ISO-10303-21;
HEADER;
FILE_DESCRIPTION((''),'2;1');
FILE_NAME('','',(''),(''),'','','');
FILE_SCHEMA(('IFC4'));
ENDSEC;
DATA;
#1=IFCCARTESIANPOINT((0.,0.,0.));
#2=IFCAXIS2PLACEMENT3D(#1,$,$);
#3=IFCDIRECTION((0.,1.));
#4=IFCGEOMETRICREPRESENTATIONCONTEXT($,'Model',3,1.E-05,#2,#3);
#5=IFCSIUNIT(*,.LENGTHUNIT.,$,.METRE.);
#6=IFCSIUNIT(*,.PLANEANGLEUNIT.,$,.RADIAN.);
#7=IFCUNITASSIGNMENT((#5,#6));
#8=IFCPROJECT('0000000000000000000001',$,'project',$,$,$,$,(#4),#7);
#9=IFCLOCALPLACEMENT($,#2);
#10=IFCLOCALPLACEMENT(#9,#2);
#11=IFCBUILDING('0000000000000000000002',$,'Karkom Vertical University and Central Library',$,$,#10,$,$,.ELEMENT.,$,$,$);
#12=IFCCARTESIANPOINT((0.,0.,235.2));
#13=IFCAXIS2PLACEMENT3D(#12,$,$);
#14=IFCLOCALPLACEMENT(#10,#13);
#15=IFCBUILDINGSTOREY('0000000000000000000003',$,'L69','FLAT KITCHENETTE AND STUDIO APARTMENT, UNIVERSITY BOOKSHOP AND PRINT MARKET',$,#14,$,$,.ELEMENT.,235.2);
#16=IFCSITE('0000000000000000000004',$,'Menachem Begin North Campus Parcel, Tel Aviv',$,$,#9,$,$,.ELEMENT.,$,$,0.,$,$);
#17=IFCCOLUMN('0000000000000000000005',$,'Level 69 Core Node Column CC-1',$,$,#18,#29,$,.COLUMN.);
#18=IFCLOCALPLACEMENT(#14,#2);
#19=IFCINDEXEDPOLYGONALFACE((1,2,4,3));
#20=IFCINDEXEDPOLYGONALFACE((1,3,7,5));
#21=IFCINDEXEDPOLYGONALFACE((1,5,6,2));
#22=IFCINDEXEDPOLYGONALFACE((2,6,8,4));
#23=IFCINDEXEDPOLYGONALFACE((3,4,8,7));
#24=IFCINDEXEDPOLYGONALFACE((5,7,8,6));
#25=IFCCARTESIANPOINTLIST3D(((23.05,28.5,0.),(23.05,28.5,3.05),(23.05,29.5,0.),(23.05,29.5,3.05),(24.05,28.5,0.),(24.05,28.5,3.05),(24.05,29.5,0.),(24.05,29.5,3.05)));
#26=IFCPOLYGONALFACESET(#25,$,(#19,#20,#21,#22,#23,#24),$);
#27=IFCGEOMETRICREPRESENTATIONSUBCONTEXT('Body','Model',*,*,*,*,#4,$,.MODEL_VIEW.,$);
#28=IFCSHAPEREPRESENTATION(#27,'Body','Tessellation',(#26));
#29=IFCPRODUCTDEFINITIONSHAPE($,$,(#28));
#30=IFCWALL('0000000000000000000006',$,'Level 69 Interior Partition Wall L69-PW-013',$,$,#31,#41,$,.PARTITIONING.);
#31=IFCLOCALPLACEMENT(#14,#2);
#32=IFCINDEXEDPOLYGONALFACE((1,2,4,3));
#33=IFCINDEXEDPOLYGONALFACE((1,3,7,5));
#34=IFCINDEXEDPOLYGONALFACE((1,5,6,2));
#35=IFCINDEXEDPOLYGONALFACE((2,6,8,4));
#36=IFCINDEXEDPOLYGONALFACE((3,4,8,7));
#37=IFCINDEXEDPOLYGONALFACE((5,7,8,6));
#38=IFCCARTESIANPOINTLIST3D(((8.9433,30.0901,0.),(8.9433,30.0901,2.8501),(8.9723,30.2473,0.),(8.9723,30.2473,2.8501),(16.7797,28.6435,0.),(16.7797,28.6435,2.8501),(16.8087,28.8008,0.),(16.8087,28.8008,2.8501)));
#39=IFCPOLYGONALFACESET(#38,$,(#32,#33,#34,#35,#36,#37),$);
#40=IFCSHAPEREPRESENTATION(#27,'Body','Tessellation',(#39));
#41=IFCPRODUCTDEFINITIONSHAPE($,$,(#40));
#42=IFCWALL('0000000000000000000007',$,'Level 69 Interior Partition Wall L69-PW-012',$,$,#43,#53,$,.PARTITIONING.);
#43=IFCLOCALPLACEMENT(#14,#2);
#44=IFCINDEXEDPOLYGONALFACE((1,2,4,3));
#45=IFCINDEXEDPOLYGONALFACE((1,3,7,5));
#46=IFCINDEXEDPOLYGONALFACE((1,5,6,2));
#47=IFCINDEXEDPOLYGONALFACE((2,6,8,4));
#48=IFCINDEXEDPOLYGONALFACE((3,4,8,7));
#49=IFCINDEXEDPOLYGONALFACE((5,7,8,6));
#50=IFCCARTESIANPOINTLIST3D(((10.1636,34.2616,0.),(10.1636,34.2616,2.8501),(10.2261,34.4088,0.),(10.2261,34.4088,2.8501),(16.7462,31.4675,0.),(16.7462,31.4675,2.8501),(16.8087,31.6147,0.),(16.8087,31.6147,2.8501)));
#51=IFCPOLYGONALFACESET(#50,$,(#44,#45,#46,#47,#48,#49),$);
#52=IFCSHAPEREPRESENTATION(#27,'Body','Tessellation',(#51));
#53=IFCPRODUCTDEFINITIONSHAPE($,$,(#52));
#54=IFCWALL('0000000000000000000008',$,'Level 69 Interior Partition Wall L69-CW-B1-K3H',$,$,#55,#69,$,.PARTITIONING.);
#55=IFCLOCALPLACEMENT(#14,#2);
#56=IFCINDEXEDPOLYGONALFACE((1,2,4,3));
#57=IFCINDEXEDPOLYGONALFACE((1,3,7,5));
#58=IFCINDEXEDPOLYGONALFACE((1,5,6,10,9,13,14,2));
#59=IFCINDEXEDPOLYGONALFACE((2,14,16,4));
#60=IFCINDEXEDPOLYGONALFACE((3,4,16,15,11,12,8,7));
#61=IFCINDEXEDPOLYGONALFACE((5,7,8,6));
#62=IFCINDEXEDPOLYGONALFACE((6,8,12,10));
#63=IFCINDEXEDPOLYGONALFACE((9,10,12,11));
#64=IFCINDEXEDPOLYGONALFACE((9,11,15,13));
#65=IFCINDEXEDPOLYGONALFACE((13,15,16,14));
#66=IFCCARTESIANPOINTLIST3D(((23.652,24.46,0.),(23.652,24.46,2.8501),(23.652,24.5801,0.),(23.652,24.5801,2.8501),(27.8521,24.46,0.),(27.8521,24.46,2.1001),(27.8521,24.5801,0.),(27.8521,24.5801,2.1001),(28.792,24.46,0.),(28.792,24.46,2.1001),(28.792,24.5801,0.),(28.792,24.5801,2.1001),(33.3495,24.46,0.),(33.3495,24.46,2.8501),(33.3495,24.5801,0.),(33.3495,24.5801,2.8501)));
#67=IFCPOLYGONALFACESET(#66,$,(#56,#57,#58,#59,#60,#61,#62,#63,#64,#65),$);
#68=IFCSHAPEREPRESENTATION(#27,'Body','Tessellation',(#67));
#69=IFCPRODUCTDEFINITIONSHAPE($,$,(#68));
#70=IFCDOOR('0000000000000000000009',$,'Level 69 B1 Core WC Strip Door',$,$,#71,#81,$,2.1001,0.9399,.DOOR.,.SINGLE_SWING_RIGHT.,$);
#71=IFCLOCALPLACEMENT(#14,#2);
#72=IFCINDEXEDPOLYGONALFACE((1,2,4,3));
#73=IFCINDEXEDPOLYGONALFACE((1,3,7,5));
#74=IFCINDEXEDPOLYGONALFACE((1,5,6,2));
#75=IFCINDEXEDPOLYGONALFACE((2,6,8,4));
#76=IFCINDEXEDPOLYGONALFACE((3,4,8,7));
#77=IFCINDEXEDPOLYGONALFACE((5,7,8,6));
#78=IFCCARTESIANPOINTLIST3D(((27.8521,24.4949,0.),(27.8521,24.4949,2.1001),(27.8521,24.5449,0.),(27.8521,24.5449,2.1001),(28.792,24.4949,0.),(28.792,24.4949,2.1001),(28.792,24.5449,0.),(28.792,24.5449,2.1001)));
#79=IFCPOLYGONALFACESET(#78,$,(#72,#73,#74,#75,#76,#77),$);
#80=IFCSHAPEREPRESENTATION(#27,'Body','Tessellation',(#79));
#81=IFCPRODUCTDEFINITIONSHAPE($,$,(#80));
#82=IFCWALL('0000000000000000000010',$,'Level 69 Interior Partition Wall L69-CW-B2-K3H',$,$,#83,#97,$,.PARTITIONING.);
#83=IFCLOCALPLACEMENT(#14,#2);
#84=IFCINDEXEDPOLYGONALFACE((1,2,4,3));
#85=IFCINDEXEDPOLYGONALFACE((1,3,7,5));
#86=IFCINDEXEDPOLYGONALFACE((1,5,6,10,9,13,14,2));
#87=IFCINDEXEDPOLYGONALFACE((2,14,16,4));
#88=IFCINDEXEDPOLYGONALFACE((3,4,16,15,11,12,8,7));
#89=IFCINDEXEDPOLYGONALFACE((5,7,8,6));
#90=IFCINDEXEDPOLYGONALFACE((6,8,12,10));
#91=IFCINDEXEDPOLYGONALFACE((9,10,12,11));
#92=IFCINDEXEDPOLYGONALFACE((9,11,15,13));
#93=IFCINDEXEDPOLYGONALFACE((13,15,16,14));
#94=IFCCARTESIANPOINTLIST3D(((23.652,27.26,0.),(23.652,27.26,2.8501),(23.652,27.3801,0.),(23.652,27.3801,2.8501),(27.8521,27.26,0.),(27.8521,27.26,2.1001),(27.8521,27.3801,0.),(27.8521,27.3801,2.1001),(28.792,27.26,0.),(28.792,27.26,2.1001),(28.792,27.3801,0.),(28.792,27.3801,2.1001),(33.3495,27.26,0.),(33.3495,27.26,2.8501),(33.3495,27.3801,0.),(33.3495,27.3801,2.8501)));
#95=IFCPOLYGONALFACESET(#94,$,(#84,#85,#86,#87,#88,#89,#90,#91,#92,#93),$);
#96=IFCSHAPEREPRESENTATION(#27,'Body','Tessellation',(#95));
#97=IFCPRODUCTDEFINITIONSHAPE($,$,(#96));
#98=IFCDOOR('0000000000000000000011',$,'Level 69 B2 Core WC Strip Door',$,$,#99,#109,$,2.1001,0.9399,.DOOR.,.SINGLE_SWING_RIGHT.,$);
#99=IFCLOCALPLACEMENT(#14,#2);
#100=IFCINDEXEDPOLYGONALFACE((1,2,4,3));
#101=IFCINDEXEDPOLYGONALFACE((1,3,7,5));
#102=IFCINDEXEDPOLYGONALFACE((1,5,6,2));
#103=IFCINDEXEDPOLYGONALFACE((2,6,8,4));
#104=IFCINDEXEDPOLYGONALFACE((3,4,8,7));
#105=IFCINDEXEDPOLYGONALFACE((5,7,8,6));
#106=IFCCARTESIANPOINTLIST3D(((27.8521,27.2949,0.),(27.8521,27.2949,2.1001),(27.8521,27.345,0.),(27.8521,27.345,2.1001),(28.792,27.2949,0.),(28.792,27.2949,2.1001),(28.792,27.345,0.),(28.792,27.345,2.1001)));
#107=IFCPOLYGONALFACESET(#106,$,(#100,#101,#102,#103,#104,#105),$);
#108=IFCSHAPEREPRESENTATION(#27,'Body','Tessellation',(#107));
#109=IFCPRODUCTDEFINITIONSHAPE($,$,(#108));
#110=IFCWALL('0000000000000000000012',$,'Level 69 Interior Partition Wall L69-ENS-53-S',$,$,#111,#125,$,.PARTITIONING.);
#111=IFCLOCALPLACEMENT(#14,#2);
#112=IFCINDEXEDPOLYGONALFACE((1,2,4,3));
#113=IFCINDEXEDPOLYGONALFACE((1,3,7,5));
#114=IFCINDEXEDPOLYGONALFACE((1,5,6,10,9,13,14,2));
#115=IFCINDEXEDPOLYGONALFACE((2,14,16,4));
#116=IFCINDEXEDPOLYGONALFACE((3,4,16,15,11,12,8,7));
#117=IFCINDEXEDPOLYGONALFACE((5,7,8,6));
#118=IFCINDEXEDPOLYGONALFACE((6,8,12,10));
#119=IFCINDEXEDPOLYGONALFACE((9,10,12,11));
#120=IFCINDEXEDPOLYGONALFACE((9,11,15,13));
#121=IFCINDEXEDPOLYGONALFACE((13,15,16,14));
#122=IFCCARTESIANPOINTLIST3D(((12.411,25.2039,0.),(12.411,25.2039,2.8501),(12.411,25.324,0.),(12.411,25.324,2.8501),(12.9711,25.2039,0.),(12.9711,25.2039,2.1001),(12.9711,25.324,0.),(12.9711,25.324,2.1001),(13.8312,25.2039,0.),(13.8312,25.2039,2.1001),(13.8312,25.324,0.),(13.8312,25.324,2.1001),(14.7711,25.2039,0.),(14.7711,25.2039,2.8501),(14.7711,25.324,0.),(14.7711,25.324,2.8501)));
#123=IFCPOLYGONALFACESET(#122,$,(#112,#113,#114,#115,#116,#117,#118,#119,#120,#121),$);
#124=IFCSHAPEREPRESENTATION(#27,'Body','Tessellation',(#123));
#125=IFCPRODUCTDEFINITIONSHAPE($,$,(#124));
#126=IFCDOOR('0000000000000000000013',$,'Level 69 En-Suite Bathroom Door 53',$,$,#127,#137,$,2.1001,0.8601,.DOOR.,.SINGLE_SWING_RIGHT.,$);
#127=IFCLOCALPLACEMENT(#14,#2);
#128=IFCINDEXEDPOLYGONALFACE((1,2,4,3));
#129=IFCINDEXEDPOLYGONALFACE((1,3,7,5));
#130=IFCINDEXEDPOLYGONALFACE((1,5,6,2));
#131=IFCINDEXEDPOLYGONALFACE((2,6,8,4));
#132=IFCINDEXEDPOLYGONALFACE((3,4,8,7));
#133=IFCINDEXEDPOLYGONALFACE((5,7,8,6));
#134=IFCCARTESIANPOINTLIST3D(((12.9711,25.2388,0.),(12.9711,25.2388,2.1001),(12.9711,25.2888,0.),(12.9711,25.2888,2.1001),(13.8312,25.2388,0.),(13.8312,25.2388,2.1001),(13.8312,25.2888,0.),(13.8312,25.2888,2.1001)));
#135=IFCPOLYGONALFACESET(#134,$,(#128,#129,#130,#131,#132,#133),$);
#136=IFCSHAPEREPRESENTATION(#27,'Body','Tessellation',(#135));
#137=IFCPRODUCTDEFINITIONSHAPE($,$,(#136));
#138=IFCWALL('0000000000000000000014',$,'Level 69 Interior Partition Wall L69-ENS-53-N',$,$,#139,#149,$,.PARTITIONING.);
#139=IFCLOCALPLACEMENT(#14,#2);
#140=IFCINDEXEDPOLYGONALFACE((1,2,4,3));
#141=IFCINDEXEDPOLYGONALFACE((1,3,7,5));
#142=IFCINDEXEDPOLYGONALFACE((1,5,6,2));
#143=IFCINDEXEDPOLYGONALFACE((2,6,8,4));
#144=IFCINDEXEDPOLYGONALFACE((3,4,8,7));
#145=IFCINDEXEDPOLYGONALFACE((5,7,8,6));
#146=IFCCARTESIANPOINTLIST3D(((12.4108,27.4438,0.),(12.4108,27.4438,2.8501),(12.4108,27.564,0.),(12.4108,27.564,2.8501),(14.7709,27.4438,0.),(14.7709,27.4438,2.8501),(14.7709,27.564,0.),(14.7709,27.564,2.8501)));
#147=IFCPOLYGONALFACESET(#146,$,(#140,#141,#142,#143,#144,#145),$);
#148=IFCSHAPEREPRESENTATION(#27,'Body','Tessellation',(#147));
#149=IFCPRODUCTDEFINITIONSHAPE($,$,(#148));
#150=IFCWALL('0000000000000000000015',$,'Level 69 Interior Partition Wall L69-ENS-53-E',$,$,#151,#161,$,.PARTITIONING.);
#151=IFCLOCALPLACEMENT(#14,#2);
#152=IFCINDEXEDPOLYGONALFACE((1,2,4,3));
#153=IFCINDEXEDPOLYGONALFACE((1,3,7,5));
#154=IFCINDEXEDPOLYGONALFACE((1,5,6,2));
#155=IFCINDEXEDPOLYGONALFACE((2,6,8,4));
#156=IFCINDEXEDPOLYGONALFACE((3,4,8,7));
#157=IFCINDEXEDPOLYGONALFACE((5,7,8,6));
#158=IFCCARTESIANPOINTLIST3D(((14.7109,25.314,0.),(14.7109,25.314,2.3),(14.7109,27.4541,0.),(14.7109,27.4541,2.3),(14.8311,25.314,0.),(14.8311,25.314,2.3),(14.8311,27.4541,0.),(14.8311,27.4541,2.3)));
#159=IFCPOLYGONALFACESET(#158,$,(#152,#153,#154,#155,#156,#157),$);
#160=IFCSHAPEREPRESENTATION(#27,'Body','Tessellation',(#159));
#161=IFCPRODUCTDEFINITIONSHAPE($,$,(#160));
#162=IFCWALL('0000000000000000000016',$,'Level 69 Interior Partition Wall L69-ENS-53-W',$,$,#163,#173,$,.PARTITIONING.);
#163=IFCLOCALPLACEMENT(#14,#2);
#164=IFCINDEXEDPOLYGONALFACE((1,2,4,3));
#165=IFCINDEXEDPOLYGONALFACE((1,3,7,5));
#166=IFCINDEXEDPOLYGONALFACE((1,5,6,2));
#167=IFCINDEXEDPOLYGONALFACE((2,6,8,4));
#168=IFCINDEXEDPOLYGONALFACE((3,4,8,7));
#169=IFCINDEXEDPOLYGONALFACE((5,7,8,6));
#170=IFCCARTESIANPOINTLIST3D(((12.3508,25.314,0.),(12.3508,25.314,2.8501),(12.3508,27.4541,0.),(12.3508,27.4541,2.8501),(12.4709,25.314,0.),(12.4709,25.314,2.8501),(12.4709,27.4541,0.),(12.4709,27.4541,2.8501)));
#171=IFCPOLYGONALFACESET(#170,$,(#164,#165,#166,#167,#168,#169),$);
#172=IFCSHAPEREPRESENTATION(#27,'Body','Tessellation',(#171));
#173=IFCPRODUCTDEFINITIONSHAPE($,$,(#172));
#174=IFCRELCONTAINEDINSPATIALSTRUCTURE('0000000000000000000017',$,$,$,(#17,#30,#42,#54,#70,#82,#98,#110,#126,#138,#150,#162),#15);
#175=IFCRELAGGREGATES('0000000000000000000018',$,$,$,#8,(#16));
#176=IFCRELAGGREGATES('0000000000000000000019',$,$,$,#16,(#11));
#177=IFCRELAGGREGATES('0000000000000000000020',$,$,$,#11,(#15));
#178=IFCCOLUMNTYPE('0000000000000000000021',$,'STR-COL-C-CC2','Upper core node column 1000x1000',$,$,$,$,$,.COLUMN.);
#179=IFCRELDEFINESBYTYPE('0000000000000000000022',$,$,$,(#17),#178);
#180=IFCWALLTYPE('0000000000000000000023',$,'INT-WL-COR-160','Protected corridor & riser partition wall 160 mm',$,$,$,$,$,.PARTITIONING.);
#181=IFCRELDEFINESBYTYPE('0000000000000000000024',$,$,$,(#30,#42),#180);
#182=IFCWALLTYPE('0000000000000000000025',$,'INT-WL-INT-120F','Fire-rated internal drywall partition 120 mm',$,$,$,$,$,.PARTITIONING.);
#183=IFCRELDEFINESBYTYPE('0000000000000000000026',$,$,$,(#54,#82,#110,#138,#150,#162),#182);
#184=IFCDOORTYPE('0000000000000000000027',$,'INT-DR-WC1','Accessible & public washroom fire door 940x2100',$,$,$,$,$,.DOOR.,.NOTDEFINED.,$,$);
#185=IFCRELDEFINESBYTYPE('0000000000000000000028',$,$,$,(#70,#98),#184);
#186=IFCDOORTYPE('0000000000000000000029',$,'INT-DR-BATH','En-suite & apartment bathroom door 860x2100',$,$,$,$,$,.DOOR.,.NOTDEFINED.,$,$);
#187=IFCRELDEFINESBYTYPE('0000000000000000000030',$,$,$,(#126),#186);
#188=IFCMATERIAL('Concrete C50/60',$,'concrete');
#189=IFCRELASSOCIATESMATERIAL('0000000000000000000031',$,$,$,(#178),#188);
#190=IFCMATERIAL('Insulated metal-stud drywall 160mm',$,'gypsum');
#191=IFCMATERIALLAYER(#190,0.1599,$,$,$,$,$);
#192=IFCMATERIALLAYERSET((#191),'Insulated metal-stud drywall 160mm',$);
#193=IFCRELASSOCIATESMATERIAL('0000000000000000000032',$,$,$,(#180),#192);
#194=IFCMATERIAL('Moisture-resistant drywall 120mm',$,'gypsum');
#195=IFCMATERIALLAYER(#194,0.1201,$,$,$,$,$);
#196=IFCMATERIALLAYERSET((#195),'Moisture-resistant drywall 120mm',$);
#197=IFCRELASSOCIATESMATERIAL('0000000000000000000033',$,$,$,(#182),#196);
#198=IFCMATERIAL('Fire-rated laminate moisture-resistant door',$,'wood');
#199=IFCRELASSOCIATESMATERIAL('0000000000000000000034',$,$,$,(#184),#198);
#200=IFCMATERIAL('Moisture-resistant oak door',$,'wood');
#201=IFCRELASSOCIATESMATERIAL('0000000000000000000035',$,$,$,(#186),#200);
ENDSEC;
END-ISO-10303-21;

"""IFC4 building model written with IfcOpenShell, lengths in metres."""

from ifc_helpers import new_model, si_unit, direction, frame, frame_2d, origin, origin_with_axes, origin_2d, place, context, subcontext, project, spatial, rectangle, extrude, source, transform, mapped, material, layer, layer_set, material_profile, profile_set, type_object, element, fill, save


model = new_model("IFC4")

# Units and contexts
model_context = context("Model", 3, precision=1e-05, world=origin(), true_north=direction((0.0, 1.0)))
body_context = subcontext(model_context, "Body", "Model", "MODEL_VIEW")
ifc_project = project(units=[si_unit("LENGTHUNIT", "METRE"), si_unit("PLANEANGLEUNIT", "RADIAN")], contexts=[model_context])

# Site, building, storey
site_placement = place(None, origin())
site = spatial("IfcSite", under=ifc_project, at=site_placement, Name="Menachem Begin North Campus Parcel, Tel Aviv", CompositionType="ELEMENT", RefElevation=0.0)
building_placement = place(site_placement, origin())
building = spatial("IfcBuilding", under=site, at=building_placement, Name="Karkom Vertical University and Central Library", CompositionType="ELEMENT")
storey_placement = place(building_placement, frame((0.0, 0.0, 235.2)))
storey = spatial("IfcBuildingStorey", under=building, at=storey_placement, Name="L69", Description="FLAT KITCHENETTE AND STUDIO APARTMENT, UNIVERSITY BOOKSHOP AND PRINT MARKET", CompositionType="ELEMENT", Elevation=235.2)

# Column
ifc_material_1 = material(Name="Concrete C50/60", Category="concrete")
ifc_material_profile = material_profile(ifc_material_1, rectangle(XDim=1.0, YDim=1.0, at=origin_2d()), Name="RC-1000x1000")
ifc_profile_set = profile_set([ifc_material_profile], Name="Concrete C50/60")
column_type = type_object("IfcColumnType", Name="STR-COL-C-CC2", Description="Upper core node column 1000x1000", PredefinedType="COLUMN", material=ifc_profile_set)
shared_shape_1 = source(origin_with_axes(), body_context, "Body", "SweptSolid", [
    extrude(rectangle(XDim=1.0, YDim=1.0, at=origin_2d()), origin(), (0.0, 0.0, 1.0), 3.05),
])
column_placement = place(storey_placement, frame((23.55, 29.0, 0.0), z_axis=(0.0, 0.0, 1.0), x_axis=(1.0, 0.0, 0.0)))
element("IfcColumn", 1, at=column_placement, inside=storey, type_object=column_type, Name="Level 69 Core Node Column CC-1", PredefinedType="COLUMN", context=body_context, shape_type="MappedRepresentation", body=[
    mapped(shared_shape_1, transform((0.0, 0.0, 0.0), scale=1.0)),
])

# Walls
ifc_material_2 = material(Name="Insulated metal-stud drywall 160mm", Category="gypsum")
ifc_layer_1 = layer(ifc_material_2, 0.1599)
ifc_layer_set_1 = layer_set([ifc_layer_1], Name="Insulated metal-stud drywall 160mm")
wall_type_1 = type_object("IfcWallType", Name="INT-WL-COR-160", Description="Protected corridor & riser partition wall 160 mm", PredefinedType="PARTITIONING", material=ifc_layer_set_1)
wall_1_placement = place(storey_placement, frame((16.7942, 28.7222, 0.0), z_axis=(0.0, 0.0, 1.0), x_axis=(-0.983386, 0.181524, 0.0)))
element("IfcWall", 2, at=wall_1_placement, inside=storey, type_object=wall_type_1, Name="Level 69 Interior Partition Wall L69-PW-013", PredefinedType="PARTITIONING", context=body_context, shape_type="SweptSolid", body=[
    extrude(rectangle(XDim=7.9688, YDim=0.1599, at=frame_2d((3.9844, 0.0))), origin(), (0.0, 0.0, 1.0), 2.8501),
])
wall_2_placement = place(storey_placement, frame((16.7776, 31.541, 0.0), z_axis=(0.0, 0.0, 1.0), x_axis=(-0.920506, 0.390728, 0.0)))
element("IfcWall", 3, at=wall_2_placement, inside=storey, type_object=wall_type_1, Name="Level 69 Interior Partition Wall L69-PW-012", PredefinedType="PARTITIONING", context=body_context, shape_type="SweptSolid", body=[
    extrude(rectangle(XDim=7.1511, YDim=0.1599, at=frame_2d((3.5757, 0.0))), origin(), (0.0, 0.0, 1.0), 2.8501),
])

# Walls, openings, doors
ifc_material_3 = material(Name="Moisture-resistant drywall 120mm", Category="gypsum")
ifc_layer_2 = layer(ifc_material_3, 0.1201)
ifc_layer_set_2 = layer_set([ifc_layer_2], Name="Moisture-resistant drywall 120mm")
wall_type_2 = type_object("IfcWallType", Name="INT-WL-INT-120F", Description="Fire-rated internal drywall partition 120 mm", PredefinedType="PARTITIONING", material=ifc_layer_set_2)
wall_3_placement = place(storey_placement, frame((23.6521, 24.52, 0.0), z_axis=(0.0, 0.0, 1.0), x_axis=(1.0, 0.0, 0.0)))
wall_3 = element("IfcWall", 4, at=wall_3_placement, inside=storey, type_object=wall_type_2, Name="Level 69 Interior Partition Wall L69-CW-B1-K3H", PredefinedType="PARTITIONING", context=body_context, shape_type="SweptSolid", body=[
    extrude(rectangle(XDim=9.6975, YDim=0.1201, at=frame_2d((4.8486, 0.0))), origin(), (0.0, 0.0, 1.0), 2.8501),
])
opening_1_placement = place(wall_3_placement, frame((4.2, 0.0, 0.0)))
opening_1 = element("IfcOpeningElement", 5, at=opening_1_placement, cuts=wall_3, PredefinedType="OPENING", context=body_context, shape_type="SweptSolid", body=[
    extrude(rectangle(XDim=0.9399, YDim=2.1001, at=frame_2d((0.47, 1.05))), frame((0.0, 0.0701, 0.0), z_axis=(0.0, -1.0, 0.0), x_axis=(1.0, 0.0, 0.0)), (0.0, 0.0, 1.0), 0.1401),
])
ifc_material_4 = material(Name="Fire-rated laminate moisture-resistant door", Category="wood")
door_type_1 = type_object("IfcDoorType", Name="INT-DR-WC1", Description="Accessible & public washroom fire door 940x2100", OperationType="NOTDEFINED", PredefinedType="DOOR", material=ifc_material_4)
shared_shape_2 = source(origin_with_axes(), body_context, "Body", "SweptSolid", [
    extrude(rectangle(XDim=0.9399, YDim=2.1001, at=frame_2d((0.47, 1.05))), frame((0.0, 0.0249, 0.0), z_axis=(0.0, -1.0, 0.0), x_axis=(1.0, 0.0, 0.0)), (0.0, 0.0, 1.0), 0.05),
])
door_1_placement = place(opening_1_placement, origin())
door_1 = element("IfcDoor", 6, at=door_1_placement, inside=storey, type_object=door_type_1, Name="Level 69 B1 Core WC Strip Door", OperationType="SINGLE_SWING_RIGHT", OverallHeight=2.1001, OverallWidth=0.9399, PredefinedType="DOOR", context=body_context, shape_type="MappedRepresentation", body=[
    mapped(shared_shape_2, transform((0.0, 0.0, 0.0), scale=1.0)),
])
fill(opening_1, door_1)
wall_4_placement = place(storey_placement, frame((23.6521, 27.3201, 0.0), z_axis=(0.0, 0.0, 1.0), x_axis=(1.0, 0.0, 0.0)))
wall_4 = element("IfcWall", 7, at=wall_4_placement, inside=storey, type_object=wall_type_2, Name="Level 69 Interior Partition Wall L69-CW-B2-K3H", PredefinedType="PARTITIONING", context=body_context, shape_type="SweptSolid", body=[
    extrude(rectangle(XDim=9.6975, YDim=0.1201, at=frame_2d((4.8486, 0.0))), origin(), (0.0, 0.0, 1.0), 2.8501),
])
opening_2_placement = place(wall_4_placement, frame((4.2, 0.0, 0.0)))
opening_2 = element("IfcOpeningElement", 8, at=opening_2_placement, cuts=wall_4, PredefinedType="OPENING", context=body_context, shape_type="SweptSolid", body=[
    extrude(rectangle(XDim=0.9399, YDim=2.1001, at=frame_2d((0.47, 1.05))), frame((0.0, 0.0701, 0.0), z_axis=(0.0, -1.0, 0.0), x_axis=(1.0, 0.0, 0.0)), (0.0, 0.0, 1.0), 0.1401),
])
door_2_placement = place(opening_2_placement, origin())
door_2 = element("IfcDoor", 9, at=door_2_placement, inside=storey, type_object=door_type_1, Name="Level 69 B2 Core WC Strip Door", OperationType="SINGLE_SWING_RIGHT", OverallHeight=2.1001, OverallWidth=0.9399, PredefinedType="DOOR", context=body_context, shape_type="MappedRepresentation", body=[
    mapped(shared_shape_2, transform((0.0, 0.0, 0.0), scale=1.0)),
])
fill(opening_2, door_2)
wall_5_placement = place(storey_placement, frame((12.4109, 25.2639, 0.0), z_axis=(0.0, 0.0, 1.0), x_axis=(1.0, 0.0, 0.0)))
wall_5 = element("IfcWall", 10, at=wall_5_placement, inside=storey, type_object=wall_type_2, Name="Level 69 Interior Partition Wall L69-ENS-53-S", PredefinedType="PARTITIONING", context=body_context, shape_type="SweptSolid", body=[
    extrude(rectangle(XDim=2.3601, YDim=0.1201, at=frame_2d((1.1802, 0.0))), origin(), (0.0, 0.0, 1.0), 2.8501),
])
opening_3_placement = place(wall_5_placement, frame((0.5601, 0.0, 0.0)))
opening_3 = element("IfcOpeningElement", 11, at=opening_3_placement, cuts=wall_5, PredefinedType="OPENING", context=body_context, shape_type="SweptSolid", body=[
    extrude(rectangle(XDim=0.8601, YDim=2.1001, at=frame_2d((0.4302, 1.05))), frame((0.0, 0.0701, 0.0), z_axis=(0.0, -1.0, 0.0), x_axis=(1.0, 0.0, 0.0)), (0.0, 0.0, 1.0), 0.1401),
])
ifc_material_5 = material(Name="Moisture-resistant oak door", Category="wood")
door_type_2 = type_object("IfcDoorType", Name="INT-DR-BATH", Description="En-suite & apartment bathroom door 860x2100", OperationType="NOTDEFINED", PredefinedType="DOOR", material=ifc_material_5)
shared_shape_3 = source(origin_with_axes(), body_context, "Body", "SweptSolid", [
    extrude(rectangle(XDim=0.8601, YDim=2.1001, at=frame_2d((0.4302, 1.05))), frame((0.0, 0.0249, 0.0), z_axis=(0.0, -1.0, 0.0), x_axis=(1.0, 0.0, 0.0)), (0.0, 0.0, 1.0), 0.05),
])
door_3_placement = place(opening_3_placement, origin())
door_3 = element("IfcDoor", 12, at=door_3_placement, inside=storey, type_object=door_type_2, Name="Level 69 En-Suite Bathroom Door 53", OperationType="SINGLE_SWING_RIGHT", OverallHeight=2.1001, OverallWidth=0.8601, PredefinedType="DOOR", context=body_context, shape_type="MappedRepresentation", body=[
    mapped(shared_shape_3, transform((0.0, 0.0, 0.0), scale=1.0)),
])
fill(opening_3, door_3)

# Walls
wall_6_placement = place(storey_placement, frame((14.771, 27.5039, 0.0), z_axis=(0.0, 0.0, 1.0), x_axis=(-1.0, 0.0, 0.0)))
element("IfcWall", 13, at=wall_6_placement, inside=storey, type_object=wall_type_2, Name="Level 69 Interior Partition Wall L69-ENS-53-N", PredefinedType="PARTITIONING", context=body_context, shape_type="SweptSolid", body=[
    extrude(rectangle(XDim=2.3601, YDim=0.1201, at=frame_2d((1.1802, 0.0))), origin(), (0.0, 0.0, 1.0), 2.8501),
])
wall_7_placement = place(storey_placement, frame((14.771, 25.314, 0.0), z_axis=(0.0, 0.0, 1.0), x_axis=(0.0, 1.0, 0.0)))
element("IfcWall", 14, at=wall_7_placement, inside=storey, type_object=wall_type_2, Name="Level 69 Interior Partition Wall L69-ENS-53-E", PredefinedType="PARTITIONING", context=body_context, shape_type="SweptSolid", body=[
    extrude(rectangle(XDim=2.1401, YDim=0.1201, at=frame_2d((1.0701, 0.0))), origin(), (0.0, 0.0, 1.0), 2.3),
])
wall_8_placement = place(storey_placement, frame((12.4109, 27.4541, 0.0), z_axis=(0.0, 0.0, 1.0), x_axis=(0.0, -1.0, 0.0)))
element("IfcWall", 15, at=wall_8_placement, inside=storey, type_object=wall_type_2, Name="Level 69 Interior Partition Wall L69-ENS-53-W", PredefinedType="PARTITIONING", context=body_context, shape_type="SweptSolid", body=[
    extrude(rectangle(XDim=2.1401, YDim=0.1201, at=frame_2d((1.0701, 0.0))), origin(), (0.0, 0.0, 1.0), 2.8501),
])

save(model, "model.ifc")
